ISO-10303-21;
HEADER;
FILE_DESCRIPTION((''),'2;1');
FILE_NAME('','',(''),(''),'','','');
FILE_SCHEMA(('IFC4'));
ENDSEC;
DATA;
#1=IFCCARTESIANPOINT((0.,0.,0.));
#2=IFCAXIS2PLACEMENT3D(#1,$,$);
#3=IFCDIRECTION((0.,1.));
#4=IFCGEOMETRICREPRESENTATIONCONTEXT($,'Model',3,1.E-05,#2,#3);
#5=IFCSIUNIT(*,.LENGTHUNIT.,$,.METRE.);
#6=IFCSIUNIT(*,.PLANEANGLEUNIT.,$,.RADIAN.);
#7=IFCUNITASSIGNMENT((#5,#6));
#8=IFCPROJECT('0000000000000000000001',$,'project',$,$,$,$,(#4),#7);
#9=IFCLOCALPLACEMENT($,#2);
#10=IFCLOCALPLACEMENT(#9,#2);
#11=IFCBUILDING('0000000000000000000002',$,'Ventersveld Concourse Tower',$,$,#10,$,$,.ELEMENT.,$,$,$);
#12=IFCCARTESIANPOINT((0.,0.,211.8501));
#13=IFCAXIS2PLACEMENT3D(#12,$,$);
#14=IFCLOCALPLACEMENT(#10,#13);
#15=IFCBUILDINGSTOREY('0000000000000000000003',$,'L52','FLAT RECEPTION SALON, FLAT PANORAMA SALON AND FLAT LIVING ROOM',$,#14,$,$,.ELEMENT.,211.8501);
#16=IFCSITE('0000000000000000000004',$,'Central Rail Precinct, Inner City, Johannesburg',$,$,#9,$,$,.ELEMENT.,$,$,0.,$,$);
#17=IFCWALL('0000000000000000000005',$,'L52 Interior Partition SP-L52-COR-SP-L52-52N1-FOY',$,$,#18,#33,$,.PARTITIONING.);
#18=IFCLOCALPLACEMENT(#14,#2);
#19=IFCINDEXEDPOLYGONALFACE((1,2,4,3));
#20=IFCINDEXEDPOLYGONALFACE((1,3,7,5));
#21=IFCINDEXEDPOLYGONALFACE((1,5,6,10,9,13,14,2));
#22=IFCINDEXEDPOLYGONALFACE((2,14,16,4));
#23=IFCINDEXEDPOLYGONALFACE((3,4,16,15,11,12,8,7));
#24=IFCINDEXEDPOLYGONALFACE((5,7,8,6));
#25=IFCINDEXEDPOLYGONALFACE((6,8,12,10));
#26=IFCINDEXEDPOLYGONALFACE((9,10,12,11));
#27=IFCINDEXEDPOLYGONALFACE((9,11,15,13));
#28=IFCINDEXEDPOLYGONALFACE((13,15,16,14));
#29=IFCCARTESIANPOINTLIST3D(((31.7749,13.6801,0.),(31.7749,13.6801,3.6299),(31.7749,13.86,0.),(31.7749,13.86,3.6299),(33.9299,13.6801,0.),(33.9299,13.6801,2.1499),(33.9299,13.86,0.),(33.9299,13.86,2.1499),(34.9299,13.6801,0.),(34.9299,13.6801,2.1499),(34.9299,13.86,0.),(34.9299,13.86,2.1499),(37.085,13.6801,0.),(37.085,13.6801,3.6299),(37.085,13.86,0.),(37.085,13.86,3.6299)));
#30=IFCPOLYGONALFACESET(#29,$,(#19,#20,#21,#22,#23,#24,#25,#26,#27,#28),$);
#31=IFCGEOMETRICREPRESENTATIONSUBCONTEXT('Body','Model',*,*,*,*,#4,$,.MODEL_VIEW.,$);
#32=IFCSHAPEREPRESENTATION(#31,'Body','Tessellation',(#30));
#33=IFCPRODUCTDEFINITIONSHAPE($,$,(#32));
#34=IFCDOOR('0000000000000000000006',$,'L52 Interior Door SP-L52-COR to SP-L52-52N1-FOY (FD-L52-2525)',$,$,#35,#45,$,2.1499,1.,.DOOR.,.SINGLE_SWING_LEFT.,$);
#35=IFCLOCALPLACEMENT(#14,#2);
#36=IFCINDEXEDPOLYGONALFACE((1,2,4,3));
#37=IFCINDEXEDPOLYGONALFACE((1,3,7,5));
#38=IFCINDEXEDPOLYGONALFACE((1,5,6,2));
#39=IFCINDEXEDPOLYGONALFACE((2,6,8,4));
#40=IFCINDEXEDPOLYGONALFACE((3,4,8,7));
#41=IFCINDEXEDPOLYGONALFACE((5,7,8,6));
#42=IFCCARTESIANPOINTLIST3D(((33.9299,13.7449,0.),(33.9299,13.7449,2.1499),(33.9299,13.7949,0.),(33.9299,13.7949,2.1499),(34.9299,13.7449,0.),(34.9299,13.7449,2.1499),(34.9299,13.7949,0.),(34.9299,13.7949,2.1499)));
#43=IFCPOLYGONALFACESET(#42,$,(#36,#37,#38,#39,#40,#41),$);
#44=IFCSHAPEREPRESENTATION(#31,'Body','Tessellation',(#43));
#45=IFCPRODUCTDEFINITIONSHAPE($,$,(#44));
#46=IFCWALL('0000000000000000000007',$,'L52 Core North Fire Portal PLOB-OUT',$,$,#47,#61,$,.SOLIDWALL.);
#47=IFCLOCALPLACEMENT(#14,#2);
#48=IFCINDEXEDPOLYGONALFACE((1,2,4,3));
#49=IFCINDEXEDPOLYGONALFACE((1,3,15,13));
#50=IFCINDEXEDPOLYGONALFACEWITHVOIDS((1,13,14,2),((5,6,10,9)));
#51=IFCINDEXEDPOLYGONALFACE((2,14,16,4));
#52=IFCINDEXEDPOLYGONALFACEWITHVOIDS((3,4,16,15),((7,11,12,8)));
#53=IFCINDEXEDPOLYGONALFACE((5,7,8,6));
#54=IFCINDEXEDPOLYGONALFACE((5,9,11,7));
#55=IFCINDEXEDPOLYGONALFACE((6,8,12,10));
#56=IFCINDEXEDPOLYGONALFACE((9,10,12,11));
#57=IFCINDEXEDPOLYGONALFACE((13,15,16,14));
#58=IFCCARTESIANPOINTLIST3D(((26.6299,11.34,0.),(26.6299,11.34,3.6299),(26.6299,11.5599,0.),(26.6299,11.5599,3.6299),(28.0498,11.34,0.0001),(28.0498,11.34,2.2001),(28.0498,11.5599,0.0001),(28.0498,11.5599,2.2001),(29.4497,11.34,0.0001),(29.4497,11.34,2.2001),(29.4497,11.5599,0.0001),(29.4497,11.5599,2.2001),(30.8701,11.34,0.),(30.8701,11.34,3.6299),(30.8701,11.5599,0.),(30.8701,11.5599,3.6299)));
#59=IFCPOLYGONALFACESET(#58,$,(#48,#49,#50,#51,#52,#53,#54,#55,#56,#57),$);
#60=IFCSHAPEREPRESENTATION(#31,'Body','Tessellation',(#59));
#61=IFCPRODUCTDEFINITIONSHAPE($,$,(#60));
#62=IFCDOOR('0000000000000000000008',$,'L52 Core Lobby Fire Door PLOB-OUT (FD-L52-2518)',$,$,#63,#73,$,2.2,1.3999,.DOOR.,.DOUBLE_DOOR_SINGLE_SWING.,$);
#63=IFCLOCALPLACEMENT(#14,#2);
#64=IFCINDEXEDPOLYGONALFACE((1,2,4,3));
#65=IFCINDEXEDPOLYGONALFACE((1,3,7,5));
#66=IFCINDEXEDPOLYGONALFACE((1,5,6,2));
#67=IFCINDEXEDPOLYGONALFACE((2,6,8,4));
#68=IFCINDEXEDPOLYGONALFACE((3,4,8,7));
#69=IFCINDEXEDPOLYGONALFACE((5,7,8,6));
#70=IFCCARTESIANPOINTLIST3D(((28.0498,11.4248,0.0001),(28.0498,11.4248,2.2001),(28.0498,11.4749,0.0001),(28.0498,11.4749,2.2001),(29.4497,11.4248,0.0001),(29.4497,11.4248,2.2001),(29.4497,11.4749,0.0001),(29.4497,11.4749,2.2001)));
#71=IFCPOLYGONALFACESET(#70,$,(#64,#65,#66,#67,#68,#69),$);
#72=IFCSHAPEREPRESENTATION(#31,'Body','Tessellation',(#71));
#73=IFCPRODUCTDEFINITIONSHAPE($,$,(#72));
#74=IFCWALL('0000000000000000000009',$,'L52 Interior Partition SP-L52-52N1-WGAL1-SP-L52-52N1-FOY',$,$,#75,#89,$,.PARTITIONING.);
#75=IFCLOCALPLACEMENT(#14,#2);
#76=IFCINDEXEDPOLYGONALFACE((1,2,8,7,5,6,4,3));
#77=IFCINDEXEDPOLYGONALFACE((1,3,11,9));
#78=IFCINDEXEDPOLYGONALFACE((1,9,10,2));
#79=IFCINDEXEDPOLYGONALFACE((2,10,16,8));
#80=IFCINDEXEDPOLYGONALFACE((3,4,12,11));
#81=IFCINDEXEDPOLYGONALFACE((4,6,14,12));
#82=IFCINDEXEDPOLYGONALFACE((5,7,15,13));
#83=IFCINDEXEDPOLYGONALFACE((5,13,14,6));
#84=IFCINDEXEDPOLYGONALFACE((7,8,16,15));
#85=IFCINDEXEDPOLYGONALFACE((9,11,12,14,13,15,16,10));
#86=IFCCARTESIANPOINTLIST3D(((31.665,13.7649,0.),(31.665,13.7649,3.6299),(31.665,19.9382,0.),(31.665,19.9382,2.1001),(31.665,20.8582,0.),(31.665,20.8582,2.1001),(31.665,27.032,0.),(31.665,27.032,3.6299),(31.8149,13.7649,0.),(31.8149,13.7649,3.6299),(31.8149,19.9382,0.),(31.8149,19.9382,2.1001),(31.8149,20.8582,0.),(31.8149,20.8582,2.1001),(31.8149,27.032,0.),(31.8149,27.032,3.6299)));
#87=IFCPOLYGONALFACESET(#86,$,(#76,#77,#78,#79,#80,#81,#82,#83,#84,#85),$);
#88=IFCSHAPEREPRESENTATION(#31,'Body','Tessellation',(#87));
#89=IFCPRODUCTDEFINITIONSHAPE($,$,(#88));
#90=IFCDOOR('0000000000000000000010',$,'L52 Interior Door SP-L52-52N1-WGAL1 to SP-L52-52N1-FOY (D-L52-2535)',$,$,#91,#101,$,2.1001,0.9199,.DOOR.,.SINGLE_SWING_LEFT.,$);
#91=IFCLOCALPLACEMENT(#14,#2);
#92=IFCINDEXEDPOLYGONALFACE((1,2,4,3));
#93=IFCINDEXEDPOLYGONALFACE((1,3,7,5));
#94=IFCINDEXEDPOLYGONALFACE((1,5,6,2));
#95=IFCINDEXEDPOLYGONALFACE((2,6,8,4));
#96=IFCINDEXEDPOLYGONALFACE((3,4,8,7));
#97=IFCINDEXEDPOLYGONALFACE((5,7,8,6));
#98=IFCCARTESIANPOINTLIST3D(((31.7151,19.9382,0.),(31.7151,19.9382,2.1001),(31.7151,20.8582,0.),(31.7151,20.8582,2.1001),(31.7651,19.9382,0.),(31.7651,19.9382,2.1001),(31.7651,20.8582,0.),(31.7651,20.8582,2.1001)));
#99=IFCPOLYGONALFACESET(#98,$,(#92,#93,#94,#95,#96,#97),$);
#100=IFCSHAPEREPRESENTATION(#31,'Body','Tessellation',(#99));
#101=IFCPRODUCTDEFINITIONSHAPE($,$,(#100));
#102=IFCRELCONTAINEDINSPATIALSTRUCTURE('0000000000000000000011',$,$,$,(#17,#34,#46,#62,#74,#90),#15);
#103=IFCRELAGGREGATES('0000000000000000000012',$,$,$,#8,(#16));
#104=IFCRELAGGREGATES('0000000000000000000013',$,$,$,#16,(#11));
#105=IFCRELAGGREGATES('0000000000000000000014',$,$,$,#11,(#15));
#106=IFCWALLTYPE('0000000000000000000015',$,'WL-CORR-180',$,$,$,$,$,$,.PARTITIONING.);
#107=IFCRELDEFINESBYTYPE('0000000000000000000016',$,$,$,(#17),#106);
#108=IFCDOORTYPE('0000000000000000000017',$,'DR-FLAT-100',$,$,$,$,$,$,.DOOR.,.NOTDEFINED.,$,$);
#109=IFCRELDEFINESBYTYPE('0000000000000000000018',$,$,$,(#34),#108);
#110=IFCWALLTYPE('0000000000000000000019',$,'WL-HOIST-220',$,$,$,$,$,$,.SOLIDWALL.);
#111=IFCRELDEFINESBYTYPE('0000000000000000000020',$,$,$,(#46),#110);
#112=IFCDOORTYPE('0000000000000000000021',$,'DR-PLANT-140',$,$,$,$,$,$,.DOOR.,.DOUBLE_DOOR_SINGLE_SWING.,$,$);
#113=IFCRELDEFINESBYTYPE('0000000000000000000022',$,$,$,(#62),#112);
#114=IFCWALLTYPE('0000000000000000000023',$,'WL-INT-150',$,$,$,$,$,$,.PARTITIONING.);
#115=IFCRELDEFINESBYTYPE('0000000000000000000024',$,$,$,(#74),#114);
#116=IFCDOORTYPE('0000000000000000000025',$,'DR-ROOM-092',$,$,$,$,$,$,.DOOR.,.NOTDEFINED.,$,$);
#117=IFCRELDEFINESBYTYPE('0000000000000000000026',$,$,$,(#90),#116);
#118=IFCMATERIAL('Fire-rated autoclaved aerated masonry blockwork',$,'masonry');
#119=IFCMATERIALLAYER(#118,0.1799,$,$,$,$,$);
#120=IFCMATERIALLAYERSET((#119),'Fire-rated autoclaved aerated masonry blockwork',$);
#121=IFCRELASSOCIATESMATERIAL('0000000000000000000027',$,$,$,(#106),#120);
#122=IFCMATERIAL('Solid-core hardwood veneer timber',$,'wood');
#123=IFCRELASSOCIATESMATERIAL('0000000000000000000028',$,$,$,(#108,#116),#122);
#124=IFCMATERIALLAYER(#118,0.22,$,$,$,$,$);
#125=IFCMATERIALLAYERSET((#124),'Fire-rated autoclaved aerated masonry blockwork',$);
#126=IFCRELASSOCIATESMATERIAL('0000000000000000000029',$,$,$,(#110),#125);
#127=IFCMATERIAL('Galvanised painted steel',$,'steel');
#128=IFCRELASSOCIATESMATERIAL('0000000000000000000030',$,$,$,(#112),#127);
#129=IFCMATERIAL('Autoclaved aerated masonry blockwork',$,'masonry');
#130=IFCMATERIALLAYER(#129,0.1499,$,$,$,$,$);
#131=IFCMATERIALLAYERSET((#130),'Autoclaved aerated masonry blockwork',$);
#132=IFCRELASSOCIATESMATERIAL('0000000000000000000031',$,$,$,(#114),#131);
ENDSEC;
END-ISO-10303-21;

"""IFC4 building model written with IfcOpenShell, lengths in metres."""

from ifc_helpers import new_model, si_unit, direction, frame, frame_2d, origin, place, context, subcontext, project, spatial, rectangle, extrude, material, layer, layer_set, type_object, element, fill, save


model = new_model("IFC4")

# Units and contexts
model_context = context("Model", 3, precision=1e-05, world=origin(), true_north=direction((0.0, 1.0)))
body_context = subcontext(model_context, "Body", "Model", "MODEL_VIEW")
ifc_project = project(units=[si_unit("LENGTHUNIT", "METRE"), si_unit("PLANEANGLEUNIT", "RADIAN")], contexts=[model_context])

# Site, building, storey
site_placement = place(None, origin())
site = spatial("IfcSite", under=ifc_project, at=site_placement, Name="Central Rail Precinct, Inner City, Johannesburg", CompositionType="ELEMENT", RefElevation=0.0)
building_placement = place(site_placement, origin())
building = spatial("IfcBuilding", under=site, at=building_placement, Name="Ventersveld Concourse Tower", CompositionType="ELEMENT")
storey_placement = place(building_placement, frame((0.0, 0.0, 211.8501)))
storey = spatial("IfcBuildingStorey", under=building, at=storey_placement, Name="L52", Description="FLAT RECEPTION SALON, FLAT PANORAMA SALON AND FLAT LIVING ROOM", CompositionType="ELEMENT", Elevation=211.8501)

# Walls, openings, doors
ifc_material_1 = material(Name="Fire-rated autoclaved aerated masonry blockwork", Category="masonry")
ifc_layer_1 = layer(ifc_material_1, 0.1799)
ifc_layer_set_1 = layer_set([ifc_layer_1], Name="Fire-rated autoclaved aerated masonry blockwork")
wall_type_1 = type_object("IfcWallType", Name="WL-CORR-180", PredefinedType="PARTITIONING", material=ifc_layer_set_1)
ifc_material_2 = material(Name="Solid-core hardwood veneer timber", Category="wood")
door_type_1 = type_object("IfcDoorType", Name="DR-FLAT-100", OperationType="NOTDEFINED", PredefinedType="DOOR", material=ifc_material_2)
wall_1_placement = place(storey_placement, frame((31.7749, 13.77, 0.0), z_axis=(0.0, 0.0, 1.0), x_axis=(1.0, 0.0, 0.0)))
wall_1 = element("IfcWall", 1, at=wall_1_placement, inside=storey, type_object=wall_type_1, Name="L52 Interior Partition SP-L52-COR-SP-L52-52N1-FOY", PredefinedType="PARTITIONING", context=body_context, shape_type="SweptSolid", body=[
    extrude(rectangle(XDim=5.3101, YDim=0.1799, at=frame_2d((2.655, 0.0))), origin(), (0.0, 0.0, 1.0), 3.6299),
])
opening_1_placement = place(wall_1_placement, frame((2.155, 0.0, 0.0)))
opening_1 = element("IfcOpeningElement", 2, at=opening_1_placement, cuts=wall_1, PredefinedType="OPENING", context=body_context, shape_type="SweptSolid", body=[
    extrude(rectangle(XDim=1.0, YDim=2.1499, at=frame_2d((0.5, 1.075))), frame((0.0, 0.1001, 0.0), z_axis=(0.0, -1.0, 0.0), x_axis=(1.0, 0.0, 0.0)), (0.0, 0.0, 1.0), 0.2),
])
door_1_placement = place(opening_1_placement, origin())
door_1 = element("IfcDoor", 3, at=door_1_placement, inside=storey, type_object=door_type_1, Name="L52 Interior Door SP-L52-COR to SP-L52-52N1-FOY (FD-L52-2525)", OperationType="SINGLE_SWING_LEFT", OverallHeight=2.1499, OverallWidth=1.0, PredefinedType="DOOR", context=body_context, shape_type="SweptSolid", body=[
    extrude(rectangle(XDim=1.0, YDim=2.1499, at=frame_2d((0.5, 1.075))), frame((0.0, 0.0249, 0.0), z_axis=(0.0, -1.0, 0.0), x_axis=(1.0, 0.0, 0.0)), (0.0, 0.0, 1.0), 0.05),
])
fill(opening_1, door_1)
ifc_layer_2 = layer(ifc_material_1, 0.22)
ifc_layer_set_2 = layer_set([ifc_layer_2], Name="Fire-rated autoclaved aerated masonry blockwork")
wall_type_2 = type_object("IfcWallType", Name="WL-HOIST-220", PredefinedType="SOLIDWALL", material=ifc_layer_set_2)
wall_2_placement = place(storey_placement, frame((26.6299, 11.45, 0.0), z_axis=(0.0, 0.0, 1.0), x_axis=(1.0, 0.0, 0.0)))
wall_2 = element("IfcWall", 4, at=wall_2_placement, inside=storey, type_object=wall_type_2, Name="L52 Core North Fire Portal PLOB-OUT", PredefinedType="SOLIDWALL", context=body_context, shape_type="SweptSolid", body=[
    extrude(rectangle(XDim=4.2402, YDim=0.22, at=frame_2d((2.1201, 0.0))), origin(), (0.0, 0.0, 1.0), 3.6299),
])
opening_2_placement = place(wall_2_placement, frame((1.4199, 0.0, 0.0)))
opening_2 = element("IfcOpeningElement", 5, at=opening_2_placement, cuts=wall_2, PredefinedType="OPENING", context=body_context, shape_type="SweptSolid", body=[
    extrude(rectangle(XDim=1.3999, YDim=2.2, at=frame_2d((0.7, 1.1001))), frame((0.0, 0.1201, 0.0), z_axis=(0.0, -1.0, 0.0), x_axis=(1.0, 0.0, 0.0)), (0.0, 0.0, 1.0), 0.24),
])
ifc_material_3 = material(Name="Galvanised painted steel", Category="steel")
door_type_2 = type_object("IfcDoorType", Name="DR-PLANT-140", OperationType="DOUBLE_DOOR_SINGLE_SWING", PredefinedType="DOOR", material=ifc_material_3)
door_2_placement = place(opening_2_placement, origin())
door_2 = element("IfcDoor", 6, at=door_2_placement, inside=storey, type_object=door_type_2, Name="L52 Core Lobby Fire Door PLOB-OUT (FD-L52-2518)", OperationType="DOUBLE_DOOR_SINGLE_SWING", OverallHeight=2.2, OverallWidth=1.3999, PredefinedType="DOOR", context=body_context, shape_type="SweptSolid", body=[
    extrude(rectangle(XDim=1.3999, YDim=2.2, at=frame_2d((0.7, 1.1001))), frame((0.0, 0.0249, 0.0), z_axis=(0.0, -1.0, 0.0), x_axis=(1.0, 0.0, 0.0)), (0.0, 0.0, 1.0), 0.05),
])
fill(opening_2, door_2)
ifc_material_4 = material(Name="Autoclaved aerated masonry blockwork", Category="masonry")
ifc_layer_3 = layer(ifc_material_4, 0.1499)
ifc_layer_set_3 = layer_set([ifc_layer_3], Name="Autoclaved aerated masonry blockwork")
wall_type_3 = type_object("IfcWallType", Name="WL-INT-150", PredefinedType="PARTITIONING", material=ifc_layer_set_3)
wall_3_placement = place(storey_placement, frame((31.74, 13.7649, 0.0), z_axis=(0.0, 0.0, 1.0), x_axis=(0.0, 1.0, 0.0)))
wall_3 = element("IfcWall", 7, at=wall_3_placement, inside=storey, type_object=wall_type_3, Name="L52 Interior Partition SP-L52-52N1-WGAL1-SP-L52-52N1-FOY", PredefinedType="PARTITIONING", context=body_context, shape_type="SweptSolid", body=[
    extrude(rectangle(XDim=13.2671, YDim=0.1499, at=frame_2d((6.6335, 0.0))), origin(), (0.0, 0.0, 1.0), 3.6299),
])
opening_3_placement = place(wall_3_placement, frame((6.1733, 0.0, 0.0)))
opening_3 = element("IfcOpeningElement", 8, at=opening_3_placement, cuts=wall_3, PredefinedType="OPENING", context=body_context, shape_type="SweptSolid", body=[
    extrude(rectangle(XDim=0.9199, YDim=2.1001, at=frame_2d((0.46, 1.05))), frame((0.0, 0.085, 0.0), z_axis=(0.0, -1.0, 0.0), x_axis=(1.0, 0.0, 0.0)), (0.0, 0.0, 1.0), 0.1699),
])
door_type_3 = type_object("IfcDoorType", Name="DR-ROOM-092", OperationType="NOTDEFINED", PredefinedType="DOOR", material=ifc_material_2)
door_3_placement = place(opening_3_placement, origin())
door_3 = element("IfcDoor", 9, at=door_3_placement, inside=storey, type_object=door_type_3, Name="L52 Interior Door SP-L52-52N1-WGAL1 to SP-L52-52N1-FOY (D-L52-2535)", OperationType="SINGLE_SWING_LEFT", OverallHeight=2.1001, OverallWidth=0.9199, PredefinedType="DOOR", context=body_context, shape_type="SweptSolid", body=[
    extrude(rectangle(XDim=0.9199, YDim=2.1001, at=frame_2d((0.46, 1.05))), frame((0.0, 0.0249, 0.0), z_axis=(0.0, -1.0, 0.0), x_axis=(1.0, 0.0, 0.0)), (0.0, 0.0, 1.0), 0.05),
])
fill(opening_3, door_3)

save(model, "model.ifc")
